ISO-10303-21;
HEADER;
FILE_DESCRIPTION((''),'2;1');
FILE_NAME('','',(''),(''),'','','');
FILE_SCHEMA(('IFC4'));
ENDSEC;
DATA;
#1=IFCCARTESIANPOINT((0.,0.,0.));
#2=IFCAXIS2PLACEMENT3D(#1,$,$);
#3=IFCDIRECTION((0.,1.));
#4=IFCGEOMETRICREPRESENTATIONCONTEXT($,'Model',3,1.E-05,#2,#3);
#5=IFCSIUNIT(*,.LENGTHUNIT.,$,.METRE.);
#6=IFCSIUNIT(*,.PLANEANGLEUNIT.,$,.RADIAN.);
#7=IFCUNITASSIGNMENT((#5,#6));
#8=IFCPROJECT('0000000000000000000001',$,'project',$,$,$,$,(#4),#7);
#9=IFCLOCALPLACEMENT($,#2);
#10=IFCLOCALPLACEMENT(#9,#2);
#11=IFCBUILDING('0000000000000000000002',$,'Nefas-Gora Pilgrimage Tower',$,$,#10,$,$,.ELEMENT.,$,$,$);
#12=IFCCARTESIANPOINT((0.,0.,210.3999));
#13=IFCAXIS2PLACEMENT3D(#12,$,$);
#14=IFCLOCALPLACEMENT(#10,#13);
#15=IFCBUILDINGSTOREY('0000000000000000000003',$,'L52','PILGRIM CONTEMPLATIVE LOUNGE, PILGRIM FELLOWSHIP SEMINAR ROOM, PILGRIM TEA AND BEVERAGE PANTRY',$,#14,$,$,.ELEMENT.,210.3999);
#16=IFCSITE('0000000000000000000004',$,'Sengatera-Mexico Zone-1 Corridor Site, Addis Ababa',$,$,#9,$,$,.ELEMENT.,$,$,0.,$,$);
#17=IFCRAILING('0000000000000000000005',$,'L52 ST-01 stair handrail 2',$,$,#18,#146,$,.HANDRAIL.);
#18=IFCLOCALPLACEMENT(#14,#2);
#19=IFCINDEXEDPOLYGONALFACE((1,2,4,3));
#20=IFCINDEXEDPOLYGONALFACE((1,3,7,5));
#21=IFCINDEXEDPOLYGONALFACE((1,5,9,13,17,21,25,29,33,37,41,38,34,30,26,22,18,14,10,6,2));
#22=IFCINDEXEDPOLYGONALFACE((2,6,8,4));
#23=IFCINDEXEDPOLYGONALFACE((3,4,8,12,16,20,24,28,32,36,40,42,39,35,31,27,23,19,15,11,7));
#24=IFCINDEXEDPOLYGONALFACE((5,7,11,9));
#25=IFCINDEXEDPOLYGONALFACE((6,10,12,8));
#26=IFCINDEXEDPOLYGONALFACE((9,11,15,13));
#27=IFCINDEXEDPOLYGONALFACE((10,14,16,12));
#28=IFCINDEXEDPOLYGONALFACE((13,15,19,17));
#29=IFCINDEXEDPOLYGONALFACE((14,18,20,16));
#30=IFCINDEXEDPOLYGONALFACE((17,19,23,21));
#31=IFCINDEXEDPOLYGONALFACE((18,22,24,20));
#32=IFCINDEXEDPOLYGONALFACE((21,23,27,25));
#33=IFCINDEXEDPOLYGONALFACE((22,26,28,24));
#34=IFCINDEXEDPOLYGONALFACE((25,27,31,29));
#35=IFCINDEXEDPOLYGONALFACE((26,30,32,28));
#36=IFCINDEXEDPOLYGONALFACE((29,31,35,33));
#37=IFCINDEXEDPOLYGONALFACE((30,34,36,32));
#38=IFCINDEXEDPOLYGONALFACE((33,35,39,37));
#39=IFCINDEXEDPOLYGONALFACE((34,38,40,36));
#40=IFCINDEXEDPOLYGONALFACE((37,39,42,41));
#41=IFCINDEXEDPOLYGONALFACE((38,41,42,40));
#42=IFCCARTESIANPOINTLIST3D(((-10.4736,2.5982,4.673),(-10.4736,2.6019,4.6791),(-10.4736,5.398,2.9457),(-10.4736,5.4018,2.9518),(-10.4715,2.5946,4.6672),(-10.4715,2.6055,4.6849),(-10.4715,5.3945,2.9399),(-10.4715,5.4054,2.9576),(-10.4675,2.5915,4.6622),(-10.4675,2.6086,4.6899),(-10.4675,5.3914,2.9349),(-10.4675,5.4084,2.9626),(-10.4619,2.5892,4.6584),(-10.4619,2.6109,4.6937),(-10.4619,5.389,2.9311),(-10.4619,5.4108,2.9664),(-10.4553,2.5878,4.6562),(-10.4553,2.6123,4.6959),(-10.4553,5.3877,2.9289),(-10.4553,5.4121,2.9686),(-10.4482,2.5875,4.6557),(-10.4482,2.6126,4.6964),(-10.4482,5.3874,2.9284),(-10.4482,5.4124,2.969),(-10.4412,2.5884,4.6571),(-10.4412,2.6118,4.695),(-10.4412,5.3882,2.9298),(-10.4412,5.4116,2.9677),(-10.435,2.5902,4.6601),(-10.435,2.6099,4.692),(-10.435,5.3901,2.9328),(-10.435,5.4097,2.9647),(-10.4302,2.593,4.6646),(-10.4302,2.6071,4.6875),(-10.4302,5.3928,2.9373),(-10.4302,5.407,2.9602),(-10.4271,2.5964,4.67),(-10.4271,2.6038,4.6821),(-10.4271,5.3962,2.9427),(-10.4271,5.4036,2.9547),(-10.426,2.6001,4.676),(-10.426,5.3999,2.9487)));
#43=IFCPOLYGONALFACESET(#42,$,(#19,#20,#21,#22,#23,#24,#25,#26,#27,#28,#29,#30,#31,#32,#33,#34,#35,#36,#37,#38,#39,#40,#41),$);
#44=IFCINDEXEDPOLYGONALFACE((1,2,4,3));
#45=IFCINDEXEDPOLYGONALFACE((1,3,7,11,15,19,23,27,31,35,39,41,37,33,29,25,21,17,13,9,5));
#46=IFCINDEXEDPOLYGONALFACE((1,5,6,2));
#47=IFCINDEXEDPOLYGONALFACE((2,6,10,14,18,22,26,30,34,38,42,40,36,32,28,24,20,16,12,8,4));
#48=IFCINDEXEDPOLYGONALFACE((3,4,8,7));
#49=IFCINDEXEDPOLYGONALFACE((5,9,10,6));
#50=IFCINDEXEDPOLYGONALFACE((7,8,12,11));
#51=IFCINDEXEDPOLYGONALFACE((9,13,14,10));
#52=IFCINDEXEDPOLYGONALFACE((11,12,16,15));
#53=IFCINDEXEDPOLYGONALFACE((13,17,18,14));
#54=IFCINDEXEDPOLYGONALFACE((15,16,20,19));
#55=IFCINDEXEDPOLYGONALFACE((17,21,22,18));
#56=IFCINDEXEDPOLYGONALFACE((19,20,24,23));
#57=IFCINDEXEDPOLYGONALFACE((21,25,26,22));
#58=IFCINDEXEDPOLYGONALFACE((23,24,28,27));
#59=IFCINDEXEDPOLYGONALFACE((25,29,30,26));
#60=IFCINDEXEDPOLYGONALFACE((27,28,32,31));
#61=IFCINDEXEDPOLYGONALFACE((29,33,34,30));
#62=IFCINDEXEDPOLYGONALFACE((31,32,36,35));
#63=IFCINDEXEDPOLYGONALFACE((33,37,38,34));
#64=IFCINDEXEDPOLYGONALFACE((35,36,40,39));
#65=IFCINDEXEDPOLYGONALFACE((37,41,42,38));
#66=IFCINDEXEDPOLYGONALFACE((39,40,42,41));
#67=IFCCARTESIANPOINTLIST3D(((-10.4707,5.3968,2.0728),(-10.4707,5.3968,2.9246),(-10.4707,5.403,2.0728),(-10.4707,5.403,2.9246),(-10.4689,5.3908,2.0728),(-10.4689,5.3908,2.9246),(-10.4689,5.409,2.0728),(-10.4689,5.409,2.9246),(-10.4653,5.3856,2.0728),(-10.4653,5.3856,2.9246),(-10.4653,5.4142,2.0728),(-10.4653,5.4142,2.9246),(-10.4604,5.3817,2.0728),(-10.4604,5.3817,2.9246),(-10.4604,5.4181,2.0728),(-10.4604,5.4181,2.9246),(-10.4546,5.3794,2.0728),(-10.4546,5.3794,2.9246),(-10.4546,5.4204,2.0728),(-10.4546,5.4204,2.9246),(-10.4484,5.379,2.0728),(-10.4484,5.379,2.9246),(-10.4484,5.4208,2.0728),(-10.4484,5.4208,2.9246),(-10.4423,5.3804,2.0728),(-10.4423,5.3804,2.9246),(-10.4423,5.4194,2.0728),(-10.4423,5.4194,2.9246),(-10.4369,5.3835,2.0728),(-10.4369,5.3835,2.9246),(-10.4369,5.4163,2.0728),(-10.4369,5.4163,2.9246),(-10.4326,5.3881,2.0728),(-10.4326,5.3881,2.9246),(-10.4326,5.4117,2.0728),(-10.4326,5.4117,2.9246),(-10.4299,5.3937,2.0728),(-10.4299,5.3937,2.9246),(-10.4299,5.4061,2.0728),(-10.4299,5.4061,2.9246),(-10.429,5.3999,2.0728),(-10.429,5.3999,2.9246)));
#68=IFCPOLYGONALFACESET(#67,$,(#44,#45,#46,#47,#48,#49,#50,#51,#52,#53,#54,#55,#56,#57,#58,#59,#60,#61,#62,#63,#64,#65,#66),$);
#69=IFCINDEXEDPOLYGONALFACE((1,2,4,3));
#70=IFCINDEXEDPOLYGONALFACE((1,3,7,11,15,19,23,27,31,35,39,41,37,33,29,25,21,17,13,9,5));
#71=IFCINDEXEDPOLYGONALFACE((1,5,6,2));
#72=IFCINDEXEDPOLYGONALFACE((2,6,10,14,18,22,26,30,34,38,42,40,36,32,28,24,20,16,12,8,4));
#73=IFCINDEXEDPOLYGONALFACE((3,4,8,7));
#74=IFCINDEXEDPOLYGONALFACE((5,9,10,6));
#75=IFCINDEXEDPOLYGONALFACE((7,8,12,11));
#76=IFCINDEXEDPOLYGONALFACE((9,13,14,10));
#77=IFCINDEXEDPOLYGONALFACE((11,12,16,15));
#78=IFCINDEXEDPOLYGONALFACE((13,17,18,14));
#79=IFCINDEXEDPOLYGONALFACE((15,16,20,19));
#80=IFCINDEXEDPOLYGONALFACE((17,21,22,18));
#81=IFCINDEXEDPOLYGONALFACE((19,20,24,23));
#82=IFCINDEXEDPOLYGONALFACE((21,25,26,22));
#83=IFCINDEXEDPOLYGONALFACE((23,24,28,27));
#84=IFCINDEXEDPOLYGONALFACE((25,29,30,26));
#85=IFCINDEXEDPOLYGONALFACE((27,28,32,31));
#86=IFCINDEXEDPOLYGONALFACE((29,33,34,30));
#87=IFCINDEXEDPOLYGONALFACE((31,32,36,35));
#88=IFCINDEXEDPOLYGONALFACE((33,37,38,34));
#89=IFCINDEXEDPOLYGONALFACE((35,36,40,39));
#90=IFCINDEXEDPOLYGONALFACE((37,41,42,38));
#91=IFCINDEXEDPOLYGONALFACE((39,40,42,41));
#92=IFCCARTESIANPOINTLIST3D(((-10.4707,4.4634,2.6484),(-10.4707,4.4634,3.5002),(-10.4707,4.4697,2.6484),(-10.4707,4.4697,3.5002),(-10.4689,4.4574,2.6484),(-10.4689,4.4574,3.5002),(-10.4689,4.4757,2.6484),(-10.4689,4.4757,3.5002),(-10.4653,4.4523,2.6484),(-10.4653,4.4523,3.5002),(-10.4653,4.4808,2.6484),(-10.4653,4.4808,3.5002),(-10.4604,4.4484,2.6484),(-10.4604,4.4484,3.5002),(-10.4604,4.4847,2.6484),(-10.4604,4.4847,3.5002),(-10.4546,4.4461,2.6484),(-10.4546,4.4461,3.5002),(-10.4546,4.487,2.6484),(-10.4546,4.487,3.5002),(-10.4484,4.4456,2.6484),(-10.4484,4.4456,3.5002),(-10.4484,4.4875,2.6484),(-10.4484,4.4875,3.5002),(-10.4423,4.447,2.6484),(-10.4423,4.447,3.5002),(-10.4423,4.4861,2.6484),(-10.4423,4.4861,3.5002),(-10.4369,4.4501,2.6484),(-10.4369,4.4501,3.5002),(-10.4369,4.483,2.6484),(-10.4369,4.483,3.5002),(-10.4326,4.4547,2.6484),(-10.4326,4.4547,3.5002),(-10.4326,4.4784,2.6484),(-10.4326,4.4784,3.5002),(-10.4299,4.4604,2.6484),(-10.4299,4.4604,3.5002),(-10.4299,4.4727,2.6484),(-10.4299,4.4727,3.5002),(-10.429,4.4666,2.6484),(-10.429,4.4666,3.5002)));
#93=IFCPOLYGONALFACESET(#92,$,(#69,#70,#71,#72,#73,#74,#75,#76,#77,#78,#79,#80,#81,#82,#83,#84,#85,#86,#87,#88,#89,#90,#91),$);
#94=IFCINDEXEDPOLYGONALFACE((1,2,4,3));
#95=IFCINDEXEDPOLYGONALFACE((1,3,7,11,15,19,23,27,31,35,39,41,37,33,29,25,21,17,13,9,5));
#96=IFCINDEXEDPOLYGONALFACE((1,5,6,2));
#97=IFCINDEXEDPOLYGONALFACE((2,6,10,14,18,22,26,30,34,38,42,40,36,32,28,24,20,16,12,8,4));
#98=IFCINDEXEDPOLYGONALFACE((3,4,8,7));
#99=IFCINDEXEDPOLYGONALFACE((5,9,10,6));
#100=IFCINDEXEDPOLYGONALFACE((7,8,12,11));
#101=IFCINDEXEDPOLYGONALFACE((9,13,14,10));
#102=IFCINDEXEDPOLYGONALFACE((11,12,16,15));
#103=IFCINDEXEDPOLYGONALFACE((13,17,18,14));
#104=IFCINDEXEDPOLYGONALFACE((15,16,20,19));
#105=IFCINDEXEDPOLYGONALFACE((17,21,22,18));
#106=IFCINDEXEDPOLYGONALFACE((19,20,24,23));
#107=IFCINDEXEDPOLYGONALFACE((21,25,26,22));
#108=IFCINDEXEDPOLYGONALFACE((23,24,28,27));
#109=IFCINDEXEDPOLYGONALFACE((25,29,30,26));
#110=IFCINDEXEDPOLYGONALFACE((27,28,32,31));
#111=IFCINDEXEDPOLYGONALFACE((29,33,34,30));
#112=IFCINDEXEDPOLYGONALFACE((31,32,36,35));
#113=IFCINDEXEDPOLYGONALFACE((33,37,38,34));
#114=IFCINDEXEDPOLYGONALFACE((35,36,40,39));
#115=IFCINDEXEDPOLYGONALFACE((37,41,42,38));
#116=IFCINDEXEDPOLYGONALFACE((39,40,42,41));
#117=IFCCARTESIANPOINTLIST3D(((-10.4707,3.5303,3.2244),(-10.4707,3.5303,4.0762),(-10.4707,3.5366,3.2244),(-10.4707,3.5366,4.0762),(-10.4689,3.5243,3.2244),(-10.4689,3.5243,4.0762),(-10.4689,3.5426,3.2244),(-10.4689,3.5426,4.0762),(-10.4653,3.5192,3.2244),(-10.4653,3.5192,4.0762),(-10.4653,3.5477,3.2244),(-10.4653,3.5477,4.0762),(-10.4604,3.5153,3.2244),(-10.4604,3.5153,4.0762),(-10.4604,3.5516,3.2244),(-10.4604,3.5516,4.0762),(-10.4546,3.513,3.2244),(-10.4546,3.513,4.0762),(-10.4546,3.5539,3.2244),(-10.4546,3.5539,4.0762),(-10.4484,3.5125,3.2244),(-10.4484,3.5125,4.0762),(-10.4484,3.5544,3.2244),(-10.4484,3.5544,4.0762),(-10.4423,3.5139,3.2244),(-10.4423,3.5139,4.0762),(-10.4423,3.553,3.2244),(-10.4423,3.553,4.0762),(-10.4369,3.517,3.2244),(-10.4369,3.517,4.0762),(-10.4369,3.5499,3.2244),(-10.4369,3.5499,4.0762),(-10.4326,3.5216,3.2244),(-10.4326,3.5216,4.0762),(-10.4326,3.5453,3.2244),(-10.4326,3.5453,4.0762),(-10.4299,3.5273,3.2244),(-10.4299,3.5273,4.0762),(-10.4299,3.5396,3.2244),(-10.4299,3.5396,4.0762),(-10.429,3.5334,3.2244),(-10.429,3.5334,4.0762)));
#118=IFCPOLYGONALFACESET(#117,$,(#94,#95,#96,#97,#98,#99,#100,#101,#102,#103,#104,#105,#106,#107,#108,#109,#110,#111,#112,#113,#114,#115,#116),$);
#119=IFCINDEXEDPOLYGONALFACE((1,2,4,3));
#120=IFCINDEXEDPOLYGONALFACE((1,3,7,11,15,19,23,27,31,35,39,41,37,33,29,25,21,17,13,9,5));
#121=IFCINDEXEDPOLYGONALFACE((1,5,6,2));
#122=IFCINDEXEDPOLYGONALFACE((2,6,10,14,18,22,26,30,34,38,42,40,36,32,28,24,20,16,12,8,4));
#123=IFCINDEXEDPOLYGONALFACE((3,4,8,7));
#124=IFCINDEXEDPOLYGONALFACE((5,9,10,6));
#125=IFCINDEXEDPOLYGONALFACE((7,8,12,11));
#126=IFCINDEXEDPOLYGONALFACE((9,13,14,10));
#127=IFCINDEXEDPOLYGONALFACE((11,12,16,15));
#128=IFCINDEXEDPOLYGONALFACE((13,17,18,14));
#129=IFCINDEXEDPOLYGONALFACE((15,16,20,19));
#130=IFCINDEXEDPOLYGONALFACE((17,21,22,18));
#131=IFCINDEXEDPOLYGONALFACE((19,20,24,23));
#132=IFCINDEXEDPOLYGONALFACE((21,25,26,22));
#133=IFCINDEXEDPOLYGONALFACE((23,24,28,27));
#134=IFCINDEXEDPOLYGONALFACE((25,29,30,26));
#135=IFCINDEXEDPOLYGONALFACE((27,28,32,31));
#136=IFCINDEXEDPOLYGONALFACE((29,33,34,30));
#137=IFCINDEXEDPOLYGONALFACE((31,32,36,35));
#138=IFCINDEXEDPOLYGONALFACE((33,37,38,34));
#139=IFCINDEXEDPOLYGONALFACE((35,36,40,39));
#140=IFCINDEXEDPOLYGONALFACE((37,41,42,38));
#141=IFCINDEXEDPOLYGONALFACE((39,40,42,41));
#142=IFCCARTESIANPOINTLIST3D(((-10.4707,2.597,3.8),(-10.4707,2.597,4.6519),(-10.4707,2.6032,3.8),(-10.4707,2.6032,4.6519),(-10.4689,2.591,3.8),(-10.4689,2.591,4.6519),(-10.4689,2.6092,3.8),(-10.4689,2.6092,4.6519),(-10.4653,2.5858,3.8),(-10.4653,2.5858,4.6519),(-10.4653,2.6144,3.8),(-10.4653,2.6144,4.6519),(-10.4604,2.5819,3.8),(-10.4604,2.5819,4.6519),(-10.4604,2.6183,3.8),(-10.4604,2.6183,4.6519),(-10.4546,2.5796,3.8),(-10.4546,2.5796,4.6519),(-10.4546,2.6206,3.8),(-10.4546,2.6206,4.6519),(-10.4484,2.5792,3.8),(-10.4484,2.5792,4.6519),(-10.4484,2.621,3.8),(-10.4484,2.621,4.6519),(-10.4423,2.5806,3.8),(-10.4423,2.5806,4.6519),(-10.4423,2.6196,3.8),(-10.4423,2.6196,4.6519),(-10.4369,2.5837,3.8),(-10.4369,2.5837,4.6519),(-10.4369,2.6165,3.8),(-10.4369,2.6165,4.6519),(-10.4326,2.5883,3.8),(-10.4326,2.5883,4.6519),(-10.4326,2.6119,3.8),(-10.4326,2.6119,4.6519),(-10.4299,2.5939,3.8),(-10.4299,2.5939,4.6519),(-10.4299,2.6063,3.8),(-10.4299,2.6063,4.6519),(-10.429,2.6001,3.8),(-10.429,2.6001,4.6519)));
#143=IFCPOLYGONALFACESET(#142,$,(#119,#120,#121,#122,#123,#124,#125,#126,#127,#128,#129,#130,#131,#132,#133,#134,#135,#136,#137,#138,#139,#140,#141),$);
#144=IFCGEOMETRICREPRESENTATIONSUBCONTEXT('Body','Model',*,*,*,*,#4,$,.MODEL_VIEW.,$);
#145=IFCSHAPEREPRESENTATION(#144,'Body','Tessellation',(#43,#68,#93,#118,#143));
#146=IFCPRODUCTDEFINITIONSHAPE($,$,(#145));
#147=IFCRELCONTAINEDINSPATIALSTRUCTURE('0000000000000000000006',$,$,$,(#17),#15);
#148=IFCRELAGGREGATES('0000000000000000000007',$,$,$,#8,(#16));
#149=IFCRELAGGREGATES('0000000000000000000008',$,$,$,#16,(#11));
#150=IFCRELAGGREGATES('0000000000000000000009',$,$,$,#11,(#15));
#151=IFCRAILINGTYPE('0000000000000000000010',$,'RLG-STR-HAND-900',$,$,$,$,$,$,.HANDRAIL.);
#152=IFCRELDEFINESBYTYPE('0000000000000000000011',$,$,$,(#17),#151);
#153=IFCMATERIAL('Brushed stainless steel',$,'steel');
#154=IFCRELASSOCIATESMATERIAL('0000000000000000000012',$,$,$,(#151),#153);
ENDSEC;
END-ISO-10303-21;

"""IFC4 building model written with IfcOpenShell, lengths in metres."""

from ifc_helpers import new_model, si_unit, direction, frame, origin, origin_2d, place, context, subcontext, project, spatial, circle, extrude, material, type_object, element, save


model = new_model("IFC4")

# Units and contexts
model_context = context("Model", 3, precision=1e-05, world=origin(), true_north=direction((0.0, 1.0)))
body_context = subcontext(model_context, "Body", "Model", "MODEL_VIEW")
ifc_project = project(units=[si_unit("LENGTHUNIT", "METRE"), si_unit("PLANEANGLEUNIT", "RADIAN")], contexts=[model_context])

# Site, building, storey
site_placement = place(None, origin())
site = spatial("IfcSite", under=ifc_project, at=site_placement, Name="Sengatera-Mexico Zone-1 Corridor Site, Addis Ababa", CompositionType="ELEMENT", RefElevation=0.0)
building_placement = place(site_placement, origin())
building = spatial("IfcBuilding", under=site, at=building_placement, Name="Nefas-Gora Pilgrimage Tower", CompositionType="ELEMENT")
storey_placement = place(building_placement, frame((0.0, 0.0, 210.3999)))
storey = spatial("IfcBuildingStorey", under=building, at=storey_placement, Name="L52", Description="PILGRIM CONTEMPLATIVE LOUNGE, PILGRIM FELLOWSHIP SEMINAR ROOM, PILGRIM TEA AND BEVERAGE PANTRY", CompositionType="ELEMENT", Elevation=210.3999)

# Railing
ifc_material_1 = material(Name="Brushed stainless steel", Category="steel")
railing_type_1 = type_object("IfcRailingType", Name="RLG-STR-HAND-900", PredefinedType="HANDRAIL", material=ifc_material_1)
railing_1_placement = place(storey_placement, frame((-10.45, 5.3999, 2.0728)))
element("IfcRailing", 1, at=railing_1_placement, inside=storey, type_object=railing_type_1, Name="L52 ST-01 stair handrail 2", PredefinedType="HANDRAIL", context=body_context, shape_type="SweptSolid", body=[
    extrude(circle(Radius=0.0239, at=origin_2d()), frame((0.0, 0.0, 0.876), z_axis=(0.0, -0.851069, 0.525054), x_axis=(1.0, 0.0, 0.0)), (0.0, 0.0, 1.0), 3.2898),
    extrude(circle(Radius=0.021, at=origin_2d()), origin(), (0.0, 0.0, 1.0), 0.8518),
    extrude(circle(Radius=0.021, at=origin_2d()), frame((0.0, -0.9333, 0.5757)), (0.0, 0.0, 1.0), 0.8518),
    extrude(circle(Radius=0.021, at=origin_2d()), frame((0.0, -1.8665, 1.1516)), (0.0, 0.0, 1.0), 0.8518),
    extrude(circle(Radius=0.021, at=origin_2d()), frame((0.0, -2.7998, 1.7273)), (0.0, 0.0, 1.0), 0.8518),
])

save(model, "model.ifc")
